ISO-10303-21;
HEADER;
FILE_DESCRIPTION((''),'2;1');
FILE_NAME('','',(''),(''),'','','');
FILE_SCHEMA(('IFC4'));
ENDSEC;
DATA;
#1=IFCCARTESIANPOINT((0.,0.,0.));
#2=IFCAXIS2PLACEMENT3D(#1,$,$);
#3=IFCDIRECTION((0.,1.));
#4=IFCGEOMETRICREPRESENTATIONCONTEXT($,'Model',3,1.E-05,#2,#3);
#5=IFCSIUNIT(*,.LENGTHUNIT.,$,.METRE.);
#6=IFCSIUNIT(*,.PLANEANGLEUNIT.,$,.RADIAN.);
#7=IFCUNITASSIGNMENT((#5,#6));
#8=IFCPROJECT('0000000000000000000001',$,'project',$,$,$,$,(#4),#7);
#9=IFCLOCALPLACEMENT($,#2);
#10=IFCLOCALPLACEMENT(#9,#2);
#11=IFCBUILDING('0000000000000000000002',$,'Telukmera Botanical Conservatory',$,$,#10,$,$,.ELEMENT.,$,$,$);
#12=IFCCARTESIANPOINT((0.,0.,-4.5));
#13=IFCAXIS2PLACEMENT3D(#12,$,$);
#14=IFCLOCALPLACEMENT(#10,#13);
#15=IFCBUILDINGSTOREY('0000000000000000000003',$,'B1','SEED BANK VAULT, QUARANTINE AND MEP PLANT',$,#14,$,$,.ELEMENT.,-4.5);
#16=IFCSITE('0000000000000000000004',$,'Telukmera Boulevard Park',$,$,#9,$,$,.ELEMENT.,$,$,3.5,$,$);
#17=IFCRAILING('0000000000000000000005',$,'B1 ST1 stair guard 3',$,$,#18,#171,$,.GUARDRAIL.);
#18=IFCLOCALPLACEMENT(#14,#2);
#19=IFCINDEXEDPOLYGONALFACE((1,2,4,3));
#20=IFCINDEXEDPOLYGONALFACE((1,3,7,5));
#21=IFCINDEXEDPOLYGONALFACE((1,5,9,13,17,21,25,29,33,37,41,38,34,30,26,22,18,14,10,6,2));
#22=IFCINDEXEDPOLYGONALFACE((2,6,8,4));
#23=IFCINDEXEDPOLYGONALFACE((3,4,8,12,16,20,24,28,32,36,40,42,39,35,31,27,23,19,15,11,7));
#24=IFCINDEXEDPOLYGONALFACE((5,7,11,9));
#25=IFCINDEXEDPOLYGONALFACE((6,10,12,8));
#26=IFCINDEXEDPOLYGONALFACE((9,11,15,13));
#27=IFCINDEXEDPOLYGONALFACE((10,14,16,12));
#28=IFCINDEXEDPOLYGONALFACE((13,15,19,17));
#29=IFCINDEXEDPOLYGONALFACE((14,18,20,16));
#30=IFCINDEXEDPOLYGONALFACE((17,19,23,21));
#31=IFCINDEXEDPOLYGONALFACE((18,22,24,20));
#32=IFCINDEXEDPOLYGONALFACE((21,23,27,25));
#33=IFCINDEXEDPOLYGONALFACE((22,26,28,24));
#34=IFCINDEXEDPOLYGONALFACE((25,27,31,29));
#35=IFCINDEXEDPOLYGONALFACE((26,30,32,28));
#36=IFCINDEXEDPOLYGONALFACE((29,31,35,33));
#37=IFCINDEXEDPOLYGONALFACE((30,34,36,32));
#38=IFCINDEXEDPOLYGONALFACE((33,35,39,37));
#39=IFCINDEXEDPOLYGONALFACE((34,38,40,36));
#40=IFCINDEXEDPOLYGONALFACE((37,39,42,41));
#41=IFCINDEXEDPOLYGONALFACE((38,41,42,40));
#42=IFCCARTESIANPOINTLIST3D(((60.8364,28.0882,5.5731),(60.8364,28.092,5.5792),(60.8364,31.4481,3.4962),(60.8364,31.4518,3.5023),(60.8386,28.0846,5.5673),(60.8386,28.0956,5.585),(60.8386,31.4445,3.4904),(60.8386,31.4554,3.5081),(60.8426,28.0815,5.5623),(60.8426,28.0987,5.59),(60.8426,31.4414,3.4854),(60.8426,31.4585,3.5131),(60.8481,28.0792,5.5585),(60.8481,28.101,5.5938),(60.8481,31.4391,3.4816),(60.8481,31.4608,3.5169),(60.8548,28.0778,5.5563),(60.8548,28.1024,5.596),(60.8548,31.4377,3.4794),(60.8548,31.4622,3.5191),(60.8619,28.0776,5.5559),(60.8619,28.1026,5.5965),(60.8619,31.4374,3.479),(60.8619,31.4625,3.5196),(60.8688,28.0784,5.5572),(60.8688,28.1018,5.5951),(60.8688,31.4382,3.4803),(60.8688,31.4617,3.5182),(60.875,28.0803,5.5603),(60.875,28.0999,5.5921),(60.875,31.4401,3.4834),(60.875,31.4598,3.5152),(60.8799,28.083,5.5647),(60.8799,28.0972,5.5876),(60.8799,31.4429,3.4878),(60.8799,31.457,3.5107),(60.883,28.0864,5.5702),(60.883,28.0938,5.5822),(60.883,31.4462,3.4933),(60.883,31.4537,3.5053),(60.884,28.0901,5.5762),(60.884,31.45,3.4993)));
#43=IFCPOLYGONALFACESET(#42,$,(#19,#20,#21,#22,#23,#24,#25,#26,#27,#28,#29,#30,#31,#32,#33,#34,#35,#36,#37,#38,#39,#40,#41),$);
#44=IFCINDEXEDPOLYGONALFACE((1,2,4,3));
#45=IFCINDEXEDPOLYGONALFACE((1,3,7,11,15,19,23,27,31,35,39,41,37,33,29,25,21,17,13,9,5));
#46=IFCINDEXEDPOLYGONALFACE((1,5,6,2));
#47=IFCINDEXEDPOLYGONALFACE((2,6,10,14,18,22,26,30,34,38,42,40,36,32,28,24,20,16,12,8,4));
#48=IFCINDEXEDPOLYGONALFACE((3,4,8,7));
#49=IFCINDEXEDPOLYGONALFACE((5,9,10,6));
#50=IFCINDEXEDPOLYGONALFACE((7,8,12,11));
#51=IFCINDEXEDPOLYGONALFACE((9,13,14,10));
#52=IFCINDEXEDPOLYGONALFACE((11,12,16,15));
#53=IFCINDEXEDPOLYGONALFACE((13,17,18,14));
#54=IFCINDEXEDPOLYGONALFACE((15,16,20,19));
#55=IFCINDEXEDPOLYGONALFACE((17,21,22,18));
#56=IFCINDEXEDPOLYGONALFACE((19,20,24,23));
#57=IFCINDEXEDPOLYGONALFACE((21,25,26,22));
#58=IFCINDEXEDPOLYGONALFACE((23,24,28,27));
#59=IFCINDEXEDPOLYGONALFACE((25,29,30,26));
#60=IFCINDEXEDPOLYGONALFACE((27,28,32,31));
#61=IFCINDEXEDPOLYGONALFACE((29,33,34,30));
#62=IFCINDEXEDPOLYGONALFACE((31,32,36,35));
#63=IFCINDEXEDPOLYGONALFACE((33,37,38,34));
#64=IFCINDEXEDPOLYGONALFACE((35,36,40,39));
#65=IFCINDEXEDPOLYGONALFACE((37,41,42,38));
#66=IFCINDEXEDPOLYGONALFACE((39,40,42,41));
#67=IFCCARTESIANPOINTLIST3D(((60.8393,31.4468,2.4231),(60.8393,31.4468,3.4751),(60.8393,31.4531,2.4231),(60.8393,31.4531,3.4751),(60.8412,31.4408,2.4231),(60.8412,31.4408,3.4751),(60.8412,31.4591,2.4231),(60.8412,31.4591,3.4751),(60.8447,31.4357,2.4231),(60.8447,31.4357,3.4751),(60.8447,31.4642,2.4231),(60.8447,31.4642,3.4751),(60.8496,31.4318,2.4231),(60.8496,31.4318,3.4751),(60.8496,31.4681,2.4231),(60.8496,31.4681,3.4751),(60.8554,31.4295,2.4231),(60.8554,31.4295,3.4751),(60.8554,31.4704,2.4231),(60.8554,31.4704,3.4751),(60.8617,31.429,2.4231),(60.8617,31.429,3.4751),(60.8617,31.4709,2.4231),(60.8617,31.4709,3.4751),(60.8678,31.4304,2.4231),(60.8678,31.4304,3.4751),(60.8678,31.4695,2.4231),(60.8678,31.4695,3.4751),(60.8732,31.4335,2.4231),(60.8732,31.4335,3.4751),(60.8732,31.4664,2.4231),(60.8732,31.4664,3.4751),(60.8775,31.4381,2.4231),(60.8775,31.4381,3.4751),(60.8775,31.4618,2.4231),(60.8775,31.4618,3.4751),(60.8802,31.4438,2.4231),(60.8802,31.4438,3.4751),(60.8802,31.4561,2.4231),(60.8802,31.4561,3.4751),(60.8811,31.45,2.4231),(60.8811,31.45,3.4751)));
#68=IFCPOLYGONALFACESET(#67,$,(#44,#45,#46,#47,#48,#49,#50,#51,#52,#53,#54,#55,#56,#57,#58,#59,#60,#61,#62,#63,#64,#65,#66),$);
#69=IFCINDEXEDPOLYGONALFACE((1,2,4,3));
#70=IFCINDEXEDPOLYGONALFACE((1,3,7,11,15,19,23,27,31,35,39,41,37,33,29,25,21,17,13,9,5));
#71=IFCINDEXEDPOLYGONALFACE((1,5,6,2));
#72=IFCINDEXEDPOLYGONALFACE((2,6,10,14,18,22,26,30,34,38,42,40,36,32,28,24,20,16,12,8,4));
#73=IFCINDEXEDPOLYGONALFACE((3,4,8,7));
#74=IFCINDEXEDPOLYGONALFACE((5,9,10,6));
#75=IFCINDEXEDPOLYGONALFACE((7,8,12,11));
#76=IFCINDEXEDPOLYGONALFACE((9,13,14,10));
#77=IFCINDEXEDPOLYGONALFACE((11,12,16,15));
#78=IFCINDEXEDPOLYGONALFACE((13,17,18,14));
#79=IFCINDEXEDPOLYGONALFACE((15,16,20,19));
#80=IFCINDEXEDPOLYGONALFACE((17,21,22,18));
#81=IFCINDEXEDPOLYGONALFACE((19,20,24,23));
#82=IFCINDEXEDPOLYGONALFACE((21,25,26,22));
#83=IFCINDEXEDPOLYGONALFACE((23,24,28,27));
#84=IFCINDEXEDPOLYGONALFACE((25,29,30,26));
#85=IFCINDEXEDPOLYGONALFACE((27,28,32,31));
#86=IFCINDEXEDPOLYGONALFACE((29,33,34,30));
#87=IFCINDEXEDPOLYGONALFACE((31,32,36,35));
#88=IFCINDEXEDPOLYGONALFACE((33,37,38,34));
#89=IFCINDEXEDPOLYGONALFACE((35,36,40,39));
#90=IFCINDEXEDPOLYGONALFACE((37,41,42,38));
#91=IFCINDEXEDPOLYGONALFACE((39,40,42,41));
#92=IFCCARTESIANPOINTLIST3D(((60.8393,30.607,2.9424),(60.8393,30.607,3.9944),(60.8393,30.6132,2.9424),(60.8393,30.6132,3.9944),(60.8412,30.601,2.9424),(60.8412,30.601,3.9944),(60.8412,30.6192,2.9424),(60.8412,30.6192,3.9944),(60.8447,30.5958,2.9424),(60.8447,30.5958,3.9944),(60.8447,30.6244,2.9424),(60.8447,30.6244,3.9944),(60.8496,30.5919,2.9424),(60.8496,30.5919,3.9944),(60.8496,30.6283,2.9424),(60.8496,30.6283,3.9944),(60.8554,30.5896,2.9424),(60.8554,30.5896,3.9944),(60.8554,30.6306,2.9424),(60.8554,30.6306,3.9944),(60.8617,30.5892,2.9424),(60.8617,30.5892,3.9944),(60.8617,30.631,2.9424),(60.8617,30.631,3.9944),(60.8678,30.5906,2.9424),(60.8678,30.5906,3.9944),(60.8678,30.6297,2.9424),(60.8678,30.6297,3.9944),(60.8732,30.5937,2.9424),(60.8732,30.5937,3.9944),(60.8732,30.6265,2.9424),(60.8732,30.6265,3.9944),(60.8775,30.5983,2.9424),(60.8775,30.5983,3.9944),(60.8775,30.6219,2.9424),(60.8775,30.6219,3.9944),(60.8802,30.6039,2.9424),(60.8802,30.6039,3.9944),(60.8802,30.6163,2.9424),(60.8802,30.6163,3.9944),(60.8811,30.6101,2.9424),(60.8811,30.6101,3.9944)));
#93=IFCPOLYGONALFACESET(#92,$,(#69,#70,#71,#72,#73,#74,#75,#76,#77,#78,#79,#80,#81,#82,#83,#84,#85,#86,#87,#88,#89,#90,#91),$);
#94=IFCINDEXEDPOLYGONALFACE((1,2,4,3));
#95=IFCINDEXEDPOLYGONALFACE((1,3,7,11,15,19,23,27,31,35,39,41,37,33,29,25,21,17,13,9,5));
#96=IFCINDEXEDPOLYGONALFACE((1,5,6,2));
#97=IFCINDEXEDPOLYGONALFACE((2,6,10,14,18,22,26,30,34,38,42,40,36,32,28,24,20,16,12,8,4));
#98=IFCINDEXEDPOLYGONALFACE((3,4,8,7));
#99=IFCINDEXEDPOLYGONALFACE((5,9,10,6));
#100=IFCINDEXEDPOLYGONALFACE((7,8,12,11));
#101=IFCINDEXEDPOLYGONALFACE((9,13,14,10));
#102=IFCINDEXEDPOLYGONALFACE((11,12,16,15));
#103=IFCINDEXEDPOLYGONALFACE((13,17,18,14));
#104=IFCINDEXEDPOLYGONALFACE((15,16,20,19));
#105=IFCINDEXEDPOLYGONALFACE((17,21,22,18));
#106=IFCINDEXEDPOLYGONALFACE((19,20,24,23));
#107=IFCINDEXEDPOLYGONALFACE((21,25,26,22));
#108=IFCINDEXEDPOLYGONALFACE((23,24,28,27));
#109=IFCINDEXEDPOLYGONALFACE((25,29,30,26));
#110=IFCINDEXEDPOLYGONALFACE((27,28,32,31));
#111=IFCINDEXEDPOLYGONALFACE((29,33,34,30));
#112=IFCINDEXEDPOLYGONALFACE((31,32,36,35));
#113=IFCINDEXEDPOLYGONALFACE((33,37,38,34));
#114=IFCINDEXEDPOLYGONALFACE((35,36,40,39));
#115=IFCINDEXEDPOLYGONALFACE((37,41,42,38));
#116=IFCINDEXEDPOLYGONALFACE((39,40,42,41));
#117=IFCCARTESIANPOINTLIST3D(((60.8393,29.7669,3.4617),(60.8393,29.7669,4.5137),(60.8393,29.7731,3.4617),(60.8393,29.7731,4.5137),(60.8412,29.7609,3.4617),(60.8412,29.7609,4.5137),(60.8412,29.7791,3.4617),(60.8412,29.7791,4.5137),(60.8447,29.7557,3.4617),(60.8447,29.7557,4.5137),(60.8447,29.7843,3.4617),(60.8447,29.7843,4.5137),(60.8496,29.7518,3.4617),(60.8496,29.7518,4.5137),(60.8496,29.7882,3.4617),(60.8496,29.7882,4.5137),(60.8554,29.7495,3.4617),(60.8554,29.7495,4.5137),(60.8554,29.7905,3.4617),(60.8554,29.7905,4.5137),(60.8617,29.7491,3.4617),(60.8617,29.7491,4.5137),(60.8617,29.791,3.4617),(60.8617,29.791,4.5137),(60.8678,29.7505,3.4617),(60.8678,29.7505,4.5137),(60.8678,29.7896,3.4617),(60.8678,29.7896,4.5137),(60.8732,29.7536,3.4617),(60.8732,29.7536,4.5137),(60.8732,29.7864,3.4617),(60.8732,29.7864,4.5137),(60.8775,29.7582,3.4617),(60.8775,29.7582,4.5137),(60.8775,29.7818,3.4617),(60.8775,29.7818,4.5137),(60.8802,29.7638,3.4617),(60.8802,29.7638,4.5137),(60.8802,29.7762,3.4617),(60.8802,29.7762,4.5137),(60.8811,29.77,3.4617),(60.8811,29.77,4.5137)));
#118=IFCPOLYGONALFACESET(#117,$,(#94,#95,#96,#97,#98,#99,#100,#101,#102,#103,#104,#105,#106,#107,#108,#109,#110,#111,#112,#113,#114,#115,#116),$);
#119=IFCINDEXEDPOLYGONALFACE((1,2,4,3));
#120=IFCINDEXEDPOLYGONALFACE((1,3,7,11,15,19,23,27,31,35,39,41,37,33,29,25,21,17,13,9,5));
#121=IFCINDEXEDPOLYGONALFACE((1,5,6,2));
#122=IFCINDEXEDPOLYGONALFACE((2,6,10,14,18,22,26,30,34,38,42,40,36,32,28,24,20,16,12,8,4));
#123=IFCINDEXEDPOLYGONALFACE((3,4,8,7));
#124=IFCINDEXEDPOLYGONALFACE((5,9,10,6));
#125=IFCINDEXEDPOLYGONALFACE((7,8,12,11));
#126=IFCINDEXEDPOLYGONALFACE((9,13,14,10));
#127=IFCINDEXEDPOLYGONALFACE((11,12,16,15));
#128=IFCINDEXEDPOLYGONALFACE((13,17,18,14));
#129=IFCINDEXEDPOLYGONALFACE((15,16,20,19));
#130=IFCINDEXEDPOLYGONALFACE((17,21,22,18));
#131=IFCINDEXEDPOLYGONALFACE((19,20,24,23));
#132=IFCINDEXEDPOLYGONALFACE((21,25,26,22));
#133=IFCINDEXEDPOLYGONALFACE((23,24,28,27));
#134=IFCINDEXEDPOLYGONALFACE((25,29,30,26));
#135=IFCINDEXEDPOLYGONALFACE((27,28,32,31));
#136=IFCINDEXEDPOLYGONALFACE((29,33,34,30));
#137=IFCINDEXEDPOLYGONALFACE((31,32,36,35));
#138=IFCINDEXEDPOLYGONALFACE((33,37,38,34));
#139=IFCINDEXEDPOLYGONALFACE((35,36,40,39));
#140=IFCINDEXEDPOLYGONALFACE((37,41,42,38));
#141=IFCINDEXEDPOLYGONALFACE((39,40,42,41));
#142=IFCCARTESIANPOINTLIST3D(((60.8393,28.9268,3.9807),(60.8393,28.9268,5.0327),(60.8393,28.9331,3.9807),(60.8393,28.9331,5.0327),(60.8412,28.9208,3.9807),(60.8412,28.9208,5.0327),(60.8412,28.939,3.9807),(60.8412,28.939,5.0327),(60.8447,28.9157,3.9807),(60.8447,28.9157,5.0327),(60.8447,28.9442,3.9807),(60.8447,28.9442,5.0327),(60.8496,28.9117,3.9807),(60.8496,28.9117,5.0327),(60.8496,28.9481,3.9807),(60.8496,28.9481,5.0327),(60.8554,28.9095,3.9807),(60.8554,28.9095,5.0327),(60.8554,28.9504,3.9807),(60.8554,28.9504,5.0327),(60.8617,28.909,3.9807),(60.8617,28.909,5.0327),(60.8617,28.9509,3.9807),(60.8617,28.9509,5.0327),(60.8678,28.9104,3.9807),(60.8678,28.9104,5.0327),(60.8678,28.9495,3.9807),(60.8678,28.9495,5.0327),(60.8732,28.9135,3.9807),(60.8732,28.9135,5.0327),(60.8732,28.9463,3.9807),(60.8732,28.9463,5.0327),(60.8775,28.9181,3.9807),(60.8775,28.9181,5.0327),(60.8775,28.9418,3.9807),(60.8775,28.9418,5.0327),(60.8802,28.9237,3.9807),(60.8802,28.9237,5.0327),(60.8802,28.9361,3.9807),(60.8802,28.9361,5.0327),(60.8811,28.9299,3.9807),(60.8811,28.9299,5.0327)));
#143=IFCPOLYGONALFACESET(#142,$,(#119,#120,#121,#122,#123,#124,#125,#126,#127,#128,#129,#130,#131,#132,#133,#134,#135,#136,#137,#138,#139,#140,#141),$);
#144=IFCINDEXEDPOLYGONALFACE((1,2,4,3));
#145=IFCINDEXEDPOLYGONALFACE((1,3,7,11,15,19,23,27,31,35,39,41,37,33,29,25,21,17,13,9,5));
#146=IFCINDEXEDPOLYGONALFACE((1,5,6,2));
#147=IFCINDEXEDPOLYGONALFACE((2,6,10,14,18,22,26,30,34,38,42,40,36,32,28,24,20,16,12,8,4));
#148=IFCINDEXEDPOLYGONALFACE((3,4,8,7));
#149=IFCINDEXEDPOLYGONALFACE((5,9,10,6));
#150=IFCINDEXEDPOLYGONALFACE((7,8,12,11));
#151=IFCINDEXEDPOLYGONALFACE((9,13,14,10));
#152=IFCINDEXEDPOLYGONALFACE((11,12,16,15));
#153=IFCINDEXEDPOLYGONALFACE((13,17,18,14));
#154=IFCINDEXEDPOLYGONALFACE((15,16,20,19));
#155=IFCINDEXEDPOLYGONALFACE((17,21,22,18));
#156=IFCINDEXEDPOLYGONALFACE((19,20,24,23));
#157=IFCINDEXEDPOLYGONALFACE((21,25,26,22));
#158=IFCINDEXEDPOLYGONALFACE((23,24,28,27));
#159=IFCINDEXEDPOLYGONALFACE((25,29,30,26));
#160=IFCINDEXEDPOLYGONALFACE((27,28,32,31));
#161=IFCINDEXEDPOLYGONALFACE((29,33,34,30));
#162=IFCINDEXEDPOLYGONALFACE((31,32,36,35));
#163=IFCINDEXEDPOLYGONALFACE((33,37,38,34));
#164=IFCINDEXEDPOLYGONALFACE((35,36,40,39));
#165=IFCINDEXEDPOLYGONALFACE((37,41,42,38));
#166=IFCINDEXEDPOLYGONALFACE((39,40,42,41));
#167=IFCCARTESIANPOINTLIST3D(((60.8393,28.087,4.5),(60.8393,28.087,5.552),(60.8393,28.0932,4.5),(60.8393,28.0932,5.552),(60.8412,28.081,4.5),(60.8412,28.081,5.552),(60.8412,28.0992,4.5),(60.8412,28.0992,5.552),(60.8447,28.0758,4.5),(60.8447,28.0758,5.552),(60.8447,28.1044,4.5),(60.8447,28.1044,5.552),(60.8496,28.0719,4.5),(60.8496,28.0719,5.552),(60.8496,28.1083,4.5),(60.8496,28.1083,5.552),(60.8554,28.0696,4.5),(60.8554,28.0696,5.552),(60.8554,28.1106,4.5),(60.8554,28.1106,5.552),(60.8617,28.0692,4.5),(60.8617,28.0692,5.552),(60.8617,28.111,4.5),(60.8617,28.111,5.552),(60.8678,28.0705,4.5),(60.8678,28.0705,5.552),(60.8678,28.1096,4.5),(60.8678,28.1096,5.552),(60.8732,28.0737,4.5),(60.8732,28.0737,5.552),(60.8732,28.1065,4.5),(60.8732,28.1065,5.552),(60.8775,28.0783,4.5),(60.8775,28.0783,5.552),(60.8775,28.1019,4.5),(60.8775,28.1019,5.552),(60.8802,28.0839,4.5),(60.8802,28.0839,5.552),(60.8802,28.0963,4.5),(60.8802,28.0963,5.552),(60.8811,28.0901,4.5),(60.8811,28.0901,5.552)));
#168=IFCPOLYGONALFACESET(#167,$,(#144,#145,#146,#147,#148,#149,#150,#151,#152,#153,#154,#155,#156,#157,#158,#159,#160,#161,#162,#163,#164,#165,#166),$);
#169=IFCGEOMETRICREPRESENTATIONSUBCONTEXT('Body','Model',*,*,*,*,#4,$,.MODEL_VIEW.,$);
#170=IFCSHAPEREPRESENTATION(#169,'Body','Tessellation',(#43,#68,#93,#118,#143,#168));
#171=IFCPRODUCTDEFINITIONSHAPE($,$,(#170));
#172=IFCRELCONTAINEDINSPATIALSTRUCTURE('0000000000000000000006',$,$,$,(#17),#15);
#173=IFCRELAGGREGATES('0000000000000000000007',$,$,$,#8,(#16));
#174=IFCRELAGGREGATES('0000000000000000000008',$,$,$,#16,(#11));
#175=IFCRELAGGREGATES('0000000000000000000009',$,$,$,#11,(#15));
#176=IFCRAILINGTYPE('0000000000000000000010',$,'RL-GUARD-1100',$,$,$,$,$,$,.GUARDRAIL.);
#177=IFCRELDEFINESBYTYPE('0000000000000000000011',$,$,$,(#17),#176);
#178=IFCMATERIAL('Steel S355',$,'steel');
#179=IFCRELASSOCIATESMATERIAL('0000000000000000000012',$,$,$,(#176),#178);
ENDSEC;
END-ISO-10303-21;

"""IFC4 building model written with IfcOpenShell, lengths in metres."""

from ifc_helpers import new_model, si_unit, direction, frame, origin, origin_2d, place, context, subcontext, project, spatial, circle, extrude, material, type_object, element, save


model = new_model("IFC4")

# Units and contexts
model_context = context("Model", 3, precision=1e-05, world=origin(), true_north=direction((0.0, 1.0)))
body_context = subcontext(model_context, "Body", "Model", "MODEL_VIEW")
ifc_project = project(units=[si_unit("LENGTHUNIT", "METRE"), si_unit("PLANEANGLEUNIT", "RADIAN")], contexts=[model_context])

# Site, building, storey
site_placement = place(None, origin())
site = spatial("IfcSite", under=ifc_project, at=site_placement, Name="Telukmera Boulevard Park", CompositionType="ELEMENT", RefElevation=3.5)
building_placement = place(site_placement, origin())
building = spatial("IfcBuilding", under=site, at=building_placement, Name="Telukmera Botanical Conservatory", CompositionType="ELEMENT")
storey_placement = place(building_placement, frame((0.0, 0.0, -4.5)))
storey = spatial("IfcBuildingStorey", under=building, at=storey_placement, Name="B1", Description="SEED BANK VAULT, QUARANTINE AND MEP PLANT", CompositionType="ELEMENT", Elevation=-4.5)

# Railing
ifc_material_1 = material(Name="Steel S355", Category="steel")
railing_type_1 = type_object("IfcRailingType", Name="RL-GUARD-1100", PredefinedType="GUARDRAIL", material=ifc_material_1)
railing_1_placement = place(storey_placement, frame((60.8601, 31.45, 2.4231)))
element("IfcRailing", 1, at=railing_1_placement, inside=storey, type_object=railing_type_1, Name="B1 ST1 stair guard 3", PredefinedType="GUARDRAIL", context=body_context, shape_type="SweptSolid", body=[
    extrude(circle(Radius=0.0239, at=origin_2d()), frame((0.0, 0.0, 1.0762), z_axis=(0.0, -0.850606, 0.525803), x_axis=(1.0, 0.0, 0.0)), (0.0, 0.0, 1.0), 3.95),
    extrude(circle(Radius=0.021, at=origin_2d()), origin(), (0.0, 0.0, 1.0), 1.052),
    extrude(circle(Radius=0.021, at=origin_2d()), frame((0.0, -0.8398, 0.5193)), (0.0, 0.0, 1.0), 1.052),
    extrude(circle(Radius=0.021, at=origin_2d()), frame((0.0, -1.6799, 1.0386)), (0.0, 0.0, 1.0), 1.052),
    extrude(circle(Radius=0.021, at=origin_2d()), frame((0.0, -2.52, 1.5576)), (0.0, 0.0, 1.0), 1.052),
    extrude(circle(Radius=0.021, at=origin_2d()), frame((0.0, -3.3599, 2.0769)), (0.0, 0.0, 1.0), 1.052),
])

save(model, "model.ifc")
